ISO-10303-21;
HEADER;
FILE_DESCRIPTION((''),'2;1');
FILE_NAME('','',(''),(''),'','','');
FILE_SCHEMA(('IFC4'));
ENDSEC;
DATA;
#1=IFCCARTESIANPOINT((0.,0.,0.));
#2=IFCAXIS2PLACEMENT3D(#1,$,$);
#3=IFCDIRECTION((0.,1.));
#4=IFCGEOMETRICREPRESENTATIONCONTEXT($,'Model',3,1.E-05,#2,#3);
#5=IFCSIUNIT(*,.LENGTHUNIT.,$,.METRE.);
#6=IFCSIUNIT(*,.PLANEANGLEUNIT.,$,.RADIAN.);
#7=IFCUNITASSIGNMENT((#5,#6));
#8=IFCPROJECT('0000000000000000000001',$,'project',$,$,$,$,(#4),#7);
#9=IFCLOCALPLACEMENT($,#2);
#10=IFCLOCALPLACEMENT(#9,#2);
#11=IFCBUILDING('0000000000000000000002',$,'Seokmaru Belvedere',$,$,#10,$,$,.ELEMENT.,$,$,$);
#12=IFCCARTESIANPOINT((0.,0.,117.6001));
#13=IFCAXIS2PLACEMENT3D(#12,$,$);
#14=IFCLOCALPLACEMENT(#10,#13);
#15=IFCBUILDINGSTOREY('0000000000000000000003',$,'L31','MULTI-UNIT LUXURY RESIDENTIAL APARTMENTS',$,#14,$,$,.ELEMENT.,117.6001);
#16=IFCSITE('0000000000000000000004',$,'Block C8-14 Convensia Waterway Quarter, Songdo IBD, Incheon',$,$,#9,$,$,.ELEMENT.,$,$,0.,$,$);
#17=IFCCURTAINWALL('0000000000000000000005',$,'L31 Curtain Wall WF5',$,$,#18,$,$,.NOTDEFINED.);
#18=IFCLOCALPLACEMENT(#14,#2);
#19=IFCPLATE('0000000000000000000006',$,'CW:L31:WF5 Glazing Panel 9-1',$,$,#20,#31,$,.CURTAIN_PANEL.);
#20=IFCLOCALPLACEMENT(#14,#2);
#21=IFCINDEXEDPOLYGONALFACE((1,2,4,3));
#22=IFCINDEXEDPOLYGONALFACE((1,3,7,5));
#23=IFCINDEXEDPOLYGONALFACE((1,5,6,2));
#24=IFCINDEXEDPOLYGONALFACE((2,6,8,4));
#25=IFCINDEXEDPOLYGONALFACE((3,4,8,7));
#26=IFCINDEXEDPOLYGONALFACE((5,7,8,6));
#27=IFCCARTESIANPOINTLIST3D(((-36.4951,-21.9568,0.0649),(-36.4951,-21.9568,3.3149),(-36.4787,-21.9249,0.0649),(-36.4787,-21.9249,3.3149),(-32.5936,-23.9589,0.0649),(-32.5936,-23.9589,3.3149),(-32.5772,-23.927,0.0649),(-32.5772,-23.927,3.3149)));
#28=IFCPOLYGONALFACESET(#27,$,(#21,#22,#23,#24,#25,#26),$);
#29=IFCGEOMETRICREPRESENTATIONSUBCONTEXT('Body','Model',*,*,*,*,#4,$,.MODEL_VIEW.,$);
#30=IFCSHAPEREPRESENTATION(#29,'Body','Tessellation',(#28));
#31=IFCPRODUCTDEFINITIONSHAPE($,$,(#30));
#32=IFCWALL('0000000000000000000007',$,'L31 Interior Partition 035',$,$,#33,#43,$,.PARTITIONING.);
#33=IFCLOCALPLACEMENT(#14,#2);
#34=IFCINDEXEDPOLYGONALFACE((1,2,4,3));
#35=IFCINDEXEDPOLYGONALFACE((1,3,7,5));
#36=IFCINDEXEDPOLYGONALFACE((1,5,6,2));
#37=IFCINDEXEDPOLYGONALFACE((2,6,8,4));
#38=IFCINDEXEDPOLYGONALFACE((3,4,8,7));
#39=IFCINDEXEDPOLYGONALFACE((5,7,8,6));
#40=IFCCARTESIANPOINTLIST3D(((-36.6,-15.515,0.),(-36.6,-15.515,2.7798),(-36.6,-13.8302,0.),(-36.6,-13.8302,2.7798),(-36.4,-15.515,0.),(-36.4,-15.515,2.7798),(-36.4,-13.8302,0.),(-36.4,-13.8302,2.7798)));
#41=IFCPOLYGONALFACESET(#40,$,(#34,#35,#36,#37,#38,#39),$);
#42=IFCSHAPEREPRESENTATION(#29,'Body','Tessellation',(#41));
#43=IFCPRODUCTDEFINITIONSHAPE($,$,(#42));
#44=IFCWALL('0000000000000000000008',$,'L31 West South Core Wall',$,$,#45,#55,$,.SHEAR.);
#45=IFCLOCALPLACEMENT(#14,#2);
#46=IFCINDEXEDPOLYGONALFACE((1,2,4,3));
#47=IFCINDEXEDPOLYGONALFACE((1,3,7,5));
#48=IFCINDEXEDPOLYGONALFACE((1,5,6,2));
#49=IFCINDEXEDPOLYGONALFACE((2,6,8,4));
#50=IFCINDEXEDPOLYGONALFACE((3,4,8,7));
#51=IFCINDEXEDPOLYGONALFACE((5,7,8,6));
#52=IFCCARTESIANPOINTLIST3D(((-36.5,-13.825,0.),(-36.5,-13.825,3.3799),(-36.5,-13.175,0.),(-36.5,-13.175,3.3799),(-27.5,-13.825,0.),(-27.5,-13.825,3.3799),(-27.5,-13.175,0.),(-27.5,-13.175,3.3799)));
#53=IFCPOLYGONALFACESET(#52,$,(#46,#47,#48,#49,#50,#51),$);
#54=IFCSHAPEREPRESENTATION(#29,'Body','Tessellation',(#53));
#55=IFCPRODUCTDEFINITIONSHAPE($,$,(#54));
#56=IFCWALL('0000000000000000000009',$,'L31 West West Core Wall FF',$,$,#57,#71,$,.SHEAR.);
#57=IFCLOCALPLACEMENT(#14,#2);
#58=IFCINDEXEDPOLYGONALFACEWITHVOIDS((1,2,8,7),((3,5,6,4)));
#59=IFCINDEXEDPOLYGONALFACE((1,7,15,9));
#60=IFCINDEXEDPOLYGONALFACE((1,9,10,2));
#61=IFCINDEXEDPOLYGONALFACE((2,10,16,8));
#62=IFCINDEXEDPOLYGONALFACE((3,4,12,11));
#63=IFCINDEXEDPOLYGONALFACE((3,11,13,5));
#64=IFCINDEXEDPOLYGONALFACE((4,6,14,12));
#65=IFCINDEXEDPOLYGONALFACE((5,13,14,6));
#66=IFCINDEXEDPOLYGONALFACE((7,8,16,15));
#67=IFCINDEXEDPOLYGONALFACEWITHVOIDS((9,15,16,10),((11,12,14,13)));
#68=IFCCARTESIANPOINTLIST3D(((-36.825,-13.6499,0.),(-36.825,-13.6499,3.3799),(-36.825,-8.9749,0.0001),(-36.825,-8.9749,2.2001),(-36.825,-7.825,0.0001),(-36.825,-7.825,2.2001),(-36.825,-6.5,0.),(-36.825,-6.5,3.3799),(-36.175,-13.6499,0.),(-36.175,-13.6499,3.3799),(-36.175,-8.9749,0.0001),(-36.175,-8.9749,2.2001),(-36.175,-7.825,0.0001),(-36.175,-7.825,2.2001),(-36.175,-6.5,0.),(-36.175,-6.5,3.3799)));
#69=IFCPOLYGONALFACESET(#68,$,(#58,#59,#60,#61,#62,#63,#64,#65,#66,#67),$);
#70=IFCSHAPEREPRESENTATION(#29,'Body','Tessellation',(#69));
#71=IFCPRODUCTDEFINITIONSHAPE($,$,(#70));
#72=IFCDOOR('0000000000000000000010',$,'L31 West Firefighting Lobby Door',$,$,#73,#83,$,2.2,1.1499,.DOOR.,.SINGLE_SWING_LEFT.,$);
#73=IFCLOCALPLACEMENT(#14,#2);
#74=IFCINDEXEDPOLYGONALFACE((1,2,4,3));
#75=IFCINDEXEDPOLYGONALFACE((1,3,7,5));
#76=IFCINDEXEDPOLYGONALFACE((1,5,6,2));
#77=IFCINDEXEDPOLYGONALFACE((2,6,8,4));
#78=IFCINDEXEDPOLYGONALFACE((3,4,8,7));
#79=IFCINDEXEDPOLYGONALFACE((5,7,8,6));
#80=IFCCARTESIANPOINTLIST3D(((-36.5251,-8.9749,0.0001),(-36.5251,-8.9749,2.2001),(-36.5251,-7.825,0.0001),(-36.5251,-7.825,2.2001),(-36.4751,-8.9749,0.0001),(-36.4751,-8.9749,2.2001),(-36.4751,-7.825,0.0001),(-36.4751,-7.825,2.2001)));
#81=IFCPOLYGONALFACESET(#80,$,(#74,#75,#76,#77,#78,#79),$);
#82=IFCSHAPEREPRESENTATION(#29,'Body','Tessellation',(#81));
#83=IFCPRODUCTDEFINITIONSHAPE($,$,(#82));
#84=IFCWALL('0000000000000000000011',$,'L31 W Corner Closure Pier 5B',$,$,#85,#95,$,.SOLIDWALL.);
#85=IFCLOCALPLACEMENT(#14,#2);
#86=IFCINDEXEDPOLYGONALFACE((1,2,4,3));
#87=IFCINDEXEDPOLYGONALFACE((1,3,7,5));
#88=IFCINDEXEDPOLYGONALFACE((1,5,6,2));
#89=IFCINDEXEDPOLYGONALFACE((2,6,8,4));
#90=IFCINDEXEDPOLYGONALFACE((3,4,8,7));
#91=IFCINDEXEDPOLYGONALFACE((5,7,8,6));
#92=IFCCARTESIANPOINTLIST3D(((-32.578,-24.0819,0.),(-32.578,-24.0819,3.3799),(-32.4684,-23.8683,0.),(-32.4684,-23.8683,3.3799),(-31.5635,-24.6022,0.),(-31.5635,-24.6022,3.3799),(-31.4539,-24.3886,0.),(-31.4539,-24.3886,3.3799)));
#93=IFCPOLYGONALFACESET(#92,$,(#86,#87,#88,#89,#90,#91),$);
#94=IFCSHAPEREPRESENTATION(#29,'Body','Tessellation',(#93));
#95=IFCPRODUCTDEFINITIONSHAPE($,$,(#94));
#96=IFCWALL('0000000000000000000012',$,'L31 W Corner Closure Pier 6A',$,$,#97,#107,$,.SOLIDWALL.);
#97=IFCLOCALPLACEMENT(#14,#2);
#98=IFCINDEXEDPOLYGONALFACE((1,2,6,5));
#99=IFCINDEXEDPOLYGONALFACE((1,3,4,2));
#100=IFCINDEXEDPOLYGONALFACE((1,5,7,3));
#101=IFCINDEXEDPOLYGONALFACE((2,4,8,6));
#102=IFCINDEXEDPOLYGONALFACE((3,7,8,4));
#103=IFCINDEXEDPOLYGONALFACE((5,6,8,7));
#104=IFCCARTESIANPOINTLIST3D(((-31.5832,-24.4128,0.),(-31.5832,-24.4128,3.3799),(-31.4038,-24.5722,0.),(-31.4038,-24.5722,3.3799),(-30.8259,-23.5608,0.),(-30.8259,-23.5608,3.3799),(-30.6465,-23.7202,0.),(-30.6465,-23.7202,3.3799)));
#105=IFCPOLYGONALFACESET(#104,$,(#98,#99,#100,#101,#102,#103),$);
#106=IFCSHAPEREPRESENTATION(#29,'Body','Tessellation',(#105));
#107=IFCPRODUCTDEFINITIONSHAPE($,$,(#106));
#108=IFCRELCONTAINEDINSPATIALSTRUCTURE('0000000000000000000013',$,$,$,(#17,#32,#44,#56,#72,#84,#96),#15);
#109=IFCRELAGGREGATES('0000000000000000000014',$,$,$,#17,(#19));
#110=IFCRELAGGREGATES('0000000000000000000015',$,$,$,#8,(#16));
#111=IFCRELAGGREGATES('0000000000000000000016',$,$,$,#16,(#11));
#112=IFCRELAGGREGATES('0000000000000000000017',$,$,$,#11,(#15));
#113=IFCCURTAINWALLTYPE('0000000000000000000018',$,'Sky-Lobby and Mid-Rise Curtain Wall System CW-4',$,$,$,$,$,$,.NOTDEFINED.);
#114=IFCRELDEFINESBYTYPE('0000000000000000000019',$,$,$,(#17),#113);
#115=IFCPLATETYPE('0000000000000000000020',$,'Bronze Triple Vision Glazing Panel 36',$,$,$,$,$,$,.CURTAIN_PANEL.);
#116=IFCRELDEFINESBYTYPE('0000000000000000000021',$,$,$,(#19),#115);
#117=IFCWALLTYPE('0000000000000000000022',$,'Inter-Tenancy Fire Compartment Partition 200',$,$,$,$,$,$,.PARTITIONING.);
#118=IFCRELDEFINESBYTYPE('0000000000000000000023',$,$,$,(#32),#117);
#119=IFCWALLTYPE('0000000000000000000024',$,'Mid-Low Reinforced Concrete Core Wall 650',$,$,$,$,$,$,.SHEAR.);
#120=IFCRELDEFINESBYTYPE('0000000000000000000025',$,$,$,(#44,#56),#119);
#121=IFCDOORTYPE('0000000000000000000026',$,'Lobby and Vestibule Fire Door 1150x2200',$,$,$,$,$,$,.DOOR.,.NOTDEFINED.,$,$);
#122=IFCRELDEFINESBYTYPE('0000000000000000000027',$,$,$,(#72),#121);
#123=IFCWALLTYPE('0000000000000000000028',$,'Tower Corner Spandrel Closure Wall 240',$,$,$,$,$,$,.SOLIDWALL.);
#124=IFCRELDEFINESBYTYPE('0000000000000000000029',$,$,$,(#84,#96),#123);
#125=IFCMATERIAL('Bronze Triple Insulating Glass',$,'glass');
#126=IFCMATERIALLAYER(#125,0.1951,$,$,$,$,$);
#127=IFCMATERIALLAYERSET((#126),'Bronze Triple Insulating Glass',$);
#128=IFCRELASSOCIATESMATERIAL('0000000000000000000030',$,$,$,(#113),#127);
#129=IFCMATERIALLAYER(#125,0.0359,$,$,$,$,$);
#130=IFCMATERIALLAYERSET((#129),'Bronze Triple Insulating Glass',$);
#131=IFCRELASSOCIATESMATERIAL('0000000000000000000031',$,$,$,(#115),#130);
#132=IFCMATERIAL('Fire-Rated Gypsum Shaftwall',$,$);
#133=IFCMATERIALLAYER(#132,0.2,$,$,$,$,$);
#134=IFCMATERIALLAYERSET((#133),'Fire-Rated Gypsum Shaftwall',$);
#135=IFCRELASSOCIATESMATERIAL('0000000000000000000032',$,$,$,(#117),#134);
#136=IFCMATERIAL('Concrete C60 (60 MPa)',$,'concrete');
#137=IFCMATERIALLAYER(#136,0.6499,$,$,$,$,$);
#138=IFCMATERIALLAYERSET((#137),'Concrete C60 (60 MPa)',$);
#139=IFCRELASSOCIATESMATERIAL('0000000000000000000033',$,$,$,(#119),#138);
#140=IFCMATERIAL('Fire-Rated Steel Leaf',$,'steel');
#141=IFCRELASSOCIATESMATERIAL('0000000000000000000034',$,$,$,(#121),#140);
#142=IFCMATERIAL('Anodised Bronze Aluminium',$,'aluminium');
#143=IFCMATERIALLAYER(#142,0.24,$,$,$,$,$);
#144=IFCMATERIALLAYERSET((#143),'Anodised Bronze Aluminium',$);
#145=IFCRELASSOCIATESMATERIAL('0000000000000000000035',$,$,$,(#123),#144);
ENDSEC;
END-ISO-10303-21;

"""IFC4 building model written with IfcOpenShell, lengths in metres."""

from ifc_helpers import new_model, si_unit, direction, frame, frame_2d, origin, origin_2d, place, context, subcontext, project, spatial, rectangle, extrude, source, transform, mapped, material, layer, layer_set, type_object, type_shapes, element, fill, aggregate, save


model = new_model("IFC4")

# Units and contexts
model_context = context("Model", 3, precision=1e-05, world=origin(), true_north=direction((0.0, 1.0)))
body_context = subcontext(model_context, "Body", "Model", "MODEL_VIEW")
ifc_project = project(units=[si_unit("LENGTHUNIT", "METRE"), si_unit("PLANEANGLEUNIT", "RADIAN")], contexts=[model_context])

# Site, building, storey
site_placement = place(None, origin())
site = spatial("IfcSite", under=ifc_project, at=site_placement, Name="Block C8-14 Convensia Waterway Quarter, Songdo IBD, Incheon", CompositionType="ELEMENT", RefElevation=0.0)
building_placement = place(site_placement, origin())
building = spatial("IfcBuilding", under=site, at=building_placement, Name="Seokmaru Belvedere", CompositionType="ELEMENT")
storey_placement = place(building_placement, frame((0.0, 0.0, 117.6001)))
storey = spatial("IfcBuildingStorey", under=building, at=storey_placement, Name="L31", Description="MULTI-UNIT LUXURY RESIDENTIAL APARTMENTS", CompositionType="ELEMENT", Elevation=117.6001)

# Curtain wall
ifc_material_1 = material(Name="Bronze Triple Insulating Glass", Category="glass")
ifc_layer_1 = layer(ifc_material_1, 0.1951)
ifc_layer_set_1 = layer_set([ifc_layer_1], Name="Bronze Triple Insulating Glass")
curtain_wall_type = type_object("IfcCurtainWallType", Name="Sky-Lobby and Mid-Rise Curtain Wall System CW-4", PredefinedType="NOTDEFINED", material=ifc_layer_set_1)
curtain_wall_1_placement = place(storey_placement, origin())
curtain_wall_1 = element("IfcCurtainWall", 1, at=curtain_wall_1_placement, inside=storey, type_object=curtain_wall_type, Name="L31 Curtain Wall WF5", PredefinedType="NOTDEFINED")
ifc_material_2 = material(Name="Anodised Bronze Aluminium", Category="aluminium")

# Plate
ifc_layer_2 = layer(ifc_material_1, 0.0359)
ifc_layer_set_2 = layer_set([ifc_layer_2], Name="Bronze Triple Insulating Glass")
plate_type = type_object("IfcPlateType", Name="Bronze Triple Vision Glazing Panel 36", PredefinedType="CURTAIN_PANEL", material=ifc_layer_set_2)
shared_shape_1 = source(origin(), body_context, "Body", "SweptSolid", [
    extrude(rectangle(XDim=4.3853, YDim=0.0359, at=origin_2d()), origin(), (0.0, 0.0, 1.0), 3.25),
])
type_shapes(plate_type, [shared_shape_1])
plate_placement = place(storey_placement, frame((-34.5361, -22.9419, 0.0649), z_axis=(0.0, 0.0, 1.0), x_axis=(0.889695, -0.456555, 0.0)))
plate = element("IfcPlate", 2, at=plate_placement, type_object=plate_type, Name="CW:L31:WF5 Glazing Panel 9-1", PredefinedType="CURTAIN_PANEL", context=body_context, shape_type="MappedRepresentation", body=[
    mapped(shared_shape_1, transform((0.0, 0.0, 0.0), scale=1.0)),
])
aggregate(curtain_wall_1, [plate])

# Walls
ifc_material_3 = material(Name="Fire-Rated Gypsum Shaftwall")
ifc_layer_3 = layer(ifc_material_3, 0.2)
ifc_layer_set_3 = layer_set([ifc_layer_3], Name="Fire-Rated Gypsum Shaftwall")
wall_type_1 = type_object("IfcWallType", Name="Inter-Tenancy Fire Compartment Partition 200", PredefinedType="PARTITIONING", material=ifc_layer_set_3)
wall_1_placement = place(storey_placement, frame((-36.5, -15.5149, 0.0), z_axis=(0.0, 0.0, 1.0), x_axis=(0.0, 1.0, 0.0)))
element("IfcWall", 3, at=wall_1_placement, inside=storey, type_object=wall_type_1, Name="L31 Interior Partition 035", PredefinedType="PARTITIONING", context=body_context, shape_type="SweptSolid", body=[
    extrude(rectangle(XDim=1.6848, YDim=0.2, at=frame_2d((0.8423, 0.0))), origin(), (0.0, 0.0, 1.0), 2.7798),
])
ifc_material_4 = material(Name="Concrete C60 (60 MPa)", Category="concrete")
ifc_layer_4 = layer(ifc_material_4, 0.6499)
ifc_layer_set_4 = layer_set([ifc_layer_4], Name="Concrete C60 (60 MPa)")
wall_type_2 = type_object("IfcWallType", Name="Mid-Low Reinforced Concrete Core Wall 650", PredefinedType="SHEAR", material=ifc_layer_set_4)
wall_2_placement = place(storey_placement, frame((-36.5, -13.5, 0.0), z_axis=(0.0, 0.0, 1.0), x_axis=(1.0, 0.0, 0.0)))
element("IfcWall", 4, at=wall_2_placement, inside=storey, type_object=wall_type_2, Name="L31 West South Core Wall", PredefinedType="SHEAR", context=body_context, shape_type="SweptSolid", body=[
    extrude(rectangle(XDim=9.0, YDim=0.6499, at=frame_2d((4.5, 0.0))), origin(), (0.0, 0.0, 1.0), 3.3799),
])

# Wall, opening, door
wall_3_placement = place(storey_placement, frame((-36.5, -13.6499, 0.0), z_axis=(0.0, 0.0, 1.0), x_axis=(0.0, 1.0, 0.0)))
wall_3 = element("IfcWall", 5, at=wall_3_placement, inside=storey, type_object=wall_type_2, Name="L31 West West Core Wall FF", PredefinedType="SHEAR", context=body_context, shape_type="SweptSolid", body=[
    extrude(rectangle(XDim=7.1499, YDim=0.6499, at=frame_2d((3.575, 0.0))), origin(), (0.0, 0.0, 1.0), 3.3799),
])
opening_placement = place(wall_3_placement, frame((4.675, 0.0, 0.0)))
opening = element("IfcOpeningElement", 6, at=opening_placement, cuts=wall_3, PredefinedType="OPENING", context=body_context, shape_type="SweptSolid", body=[
    extrude(rectangle(XDim=1.1499, YDim=2.2, at=frame_2d((0.575, 1.1001))), frame((0.0, 0.335, 0.0), z_axis=(0.0, -1.0, 0.0), x_axis=(1.0, 0.0, 0.0)), (0.0, 0.0, 1.0), 0.6699),
])
ifc_material_5 = material(Name="Fire-Rated Steel Leaf", Category="steel")
door_type = type_object("IfcDoorType", Name="Lobby and Vestibule Fire Door 1150x2200", OperationType="NOTDEFINED", PredefinedType="DOOR", material=ifc_material_5)
shared_shape_2 = source(origin(), body_context, "Body", "SweptSolid", [
    extrude(rectangle(XDim=1.1499, YDim=2.2, at=frame_2d((0.575, 1.1001))), frame((0.0, 0.0249, 0.0), z_axis=(0.0, -1.0, 0.0), x_axis=(1.0, 0.0, 0.0)), (0.0, 0.0, 1.0), 0.05),
])
type_shapes(door_type, [shared_shape_2])
door_placement = place(opening_placement, frame((1.1499, 0.0, 0.0), z_axis=(0.0, 0.0, 1.0), x_axis=(-1.0, 0.0, 0.0)))
door = element("IfcDoor", 7, at=door_placement, inside=storey, type_object=door_type, Name="L31 West Firefighting Lobby Door", OperationType="SINGLE_SWING_LEFT", OverallHeight=2.2, OverallWidth=1.1499, PredefinedType="DOOR", context=body_context, shape_type="MappedRepresentation", body=[
    mapped(shared_shape_2, transform((0.0, 0.0, 0.0), scale=1.0)),
])
fill(opening, door)

# Walls
ifc_layer_5 = layer(ifc_material_2, 0.24)
ifc_layer_set_5 = layer_set([ifc_layer_5], Name="Anodised Bronze Aluminium")
wall_type_3 = type_object("IfcWallType", Name="Tower Corner Spandrel Closure Wall 240", PredefinedType="SOLIDWALL", material=ifc_layer_set_5)
wall_4_placement = place(storey_placement, frame((-32.5232, -23.9751, 0.0), z_axis=(0.0, 0.0, 1.0), x_axis=(0.889797, -0.456356, 0.0)))
element("IfcWall", 8, at=wall_4_placement, inside=storey, type_object=wall_type_3, Name="L31 W Corner Closure Pier 5B", PredefinedType="SOLIDWALL", context=body_context, shape_type="SweptSolid", body=[
    extrude(rectangle(XDim=1.1401, YDim=0.24, at=frame_2d((0.5701, 0.0))), origin(), (0.0, 0.0, 1.0), 3.3799),
])
wall_5_placement = place(storey_placement, frame((-31.4934, -24.4924, 0.0), z_axis=(0.0, 0.0, 1.0), x_axis=(0.664337, 0.747433, 0.0)))
element("IfcWall", 9, at=wall_5_placement, inside=storey, type_object=wall_type_3, Name="L31 W Corner Closure Pier 6A", PredefinedType="SOLIDWALL", context=body_context, shape_type="SweptSolid", body=[
    extrude(rectangle(XDim=1.1399, YDim=0.24, at=frame_2d((0.5698, 0.0))), origin(), (0.0, 0.0, 1.0), 3.3799),
])

save(model, "model.ifc")
